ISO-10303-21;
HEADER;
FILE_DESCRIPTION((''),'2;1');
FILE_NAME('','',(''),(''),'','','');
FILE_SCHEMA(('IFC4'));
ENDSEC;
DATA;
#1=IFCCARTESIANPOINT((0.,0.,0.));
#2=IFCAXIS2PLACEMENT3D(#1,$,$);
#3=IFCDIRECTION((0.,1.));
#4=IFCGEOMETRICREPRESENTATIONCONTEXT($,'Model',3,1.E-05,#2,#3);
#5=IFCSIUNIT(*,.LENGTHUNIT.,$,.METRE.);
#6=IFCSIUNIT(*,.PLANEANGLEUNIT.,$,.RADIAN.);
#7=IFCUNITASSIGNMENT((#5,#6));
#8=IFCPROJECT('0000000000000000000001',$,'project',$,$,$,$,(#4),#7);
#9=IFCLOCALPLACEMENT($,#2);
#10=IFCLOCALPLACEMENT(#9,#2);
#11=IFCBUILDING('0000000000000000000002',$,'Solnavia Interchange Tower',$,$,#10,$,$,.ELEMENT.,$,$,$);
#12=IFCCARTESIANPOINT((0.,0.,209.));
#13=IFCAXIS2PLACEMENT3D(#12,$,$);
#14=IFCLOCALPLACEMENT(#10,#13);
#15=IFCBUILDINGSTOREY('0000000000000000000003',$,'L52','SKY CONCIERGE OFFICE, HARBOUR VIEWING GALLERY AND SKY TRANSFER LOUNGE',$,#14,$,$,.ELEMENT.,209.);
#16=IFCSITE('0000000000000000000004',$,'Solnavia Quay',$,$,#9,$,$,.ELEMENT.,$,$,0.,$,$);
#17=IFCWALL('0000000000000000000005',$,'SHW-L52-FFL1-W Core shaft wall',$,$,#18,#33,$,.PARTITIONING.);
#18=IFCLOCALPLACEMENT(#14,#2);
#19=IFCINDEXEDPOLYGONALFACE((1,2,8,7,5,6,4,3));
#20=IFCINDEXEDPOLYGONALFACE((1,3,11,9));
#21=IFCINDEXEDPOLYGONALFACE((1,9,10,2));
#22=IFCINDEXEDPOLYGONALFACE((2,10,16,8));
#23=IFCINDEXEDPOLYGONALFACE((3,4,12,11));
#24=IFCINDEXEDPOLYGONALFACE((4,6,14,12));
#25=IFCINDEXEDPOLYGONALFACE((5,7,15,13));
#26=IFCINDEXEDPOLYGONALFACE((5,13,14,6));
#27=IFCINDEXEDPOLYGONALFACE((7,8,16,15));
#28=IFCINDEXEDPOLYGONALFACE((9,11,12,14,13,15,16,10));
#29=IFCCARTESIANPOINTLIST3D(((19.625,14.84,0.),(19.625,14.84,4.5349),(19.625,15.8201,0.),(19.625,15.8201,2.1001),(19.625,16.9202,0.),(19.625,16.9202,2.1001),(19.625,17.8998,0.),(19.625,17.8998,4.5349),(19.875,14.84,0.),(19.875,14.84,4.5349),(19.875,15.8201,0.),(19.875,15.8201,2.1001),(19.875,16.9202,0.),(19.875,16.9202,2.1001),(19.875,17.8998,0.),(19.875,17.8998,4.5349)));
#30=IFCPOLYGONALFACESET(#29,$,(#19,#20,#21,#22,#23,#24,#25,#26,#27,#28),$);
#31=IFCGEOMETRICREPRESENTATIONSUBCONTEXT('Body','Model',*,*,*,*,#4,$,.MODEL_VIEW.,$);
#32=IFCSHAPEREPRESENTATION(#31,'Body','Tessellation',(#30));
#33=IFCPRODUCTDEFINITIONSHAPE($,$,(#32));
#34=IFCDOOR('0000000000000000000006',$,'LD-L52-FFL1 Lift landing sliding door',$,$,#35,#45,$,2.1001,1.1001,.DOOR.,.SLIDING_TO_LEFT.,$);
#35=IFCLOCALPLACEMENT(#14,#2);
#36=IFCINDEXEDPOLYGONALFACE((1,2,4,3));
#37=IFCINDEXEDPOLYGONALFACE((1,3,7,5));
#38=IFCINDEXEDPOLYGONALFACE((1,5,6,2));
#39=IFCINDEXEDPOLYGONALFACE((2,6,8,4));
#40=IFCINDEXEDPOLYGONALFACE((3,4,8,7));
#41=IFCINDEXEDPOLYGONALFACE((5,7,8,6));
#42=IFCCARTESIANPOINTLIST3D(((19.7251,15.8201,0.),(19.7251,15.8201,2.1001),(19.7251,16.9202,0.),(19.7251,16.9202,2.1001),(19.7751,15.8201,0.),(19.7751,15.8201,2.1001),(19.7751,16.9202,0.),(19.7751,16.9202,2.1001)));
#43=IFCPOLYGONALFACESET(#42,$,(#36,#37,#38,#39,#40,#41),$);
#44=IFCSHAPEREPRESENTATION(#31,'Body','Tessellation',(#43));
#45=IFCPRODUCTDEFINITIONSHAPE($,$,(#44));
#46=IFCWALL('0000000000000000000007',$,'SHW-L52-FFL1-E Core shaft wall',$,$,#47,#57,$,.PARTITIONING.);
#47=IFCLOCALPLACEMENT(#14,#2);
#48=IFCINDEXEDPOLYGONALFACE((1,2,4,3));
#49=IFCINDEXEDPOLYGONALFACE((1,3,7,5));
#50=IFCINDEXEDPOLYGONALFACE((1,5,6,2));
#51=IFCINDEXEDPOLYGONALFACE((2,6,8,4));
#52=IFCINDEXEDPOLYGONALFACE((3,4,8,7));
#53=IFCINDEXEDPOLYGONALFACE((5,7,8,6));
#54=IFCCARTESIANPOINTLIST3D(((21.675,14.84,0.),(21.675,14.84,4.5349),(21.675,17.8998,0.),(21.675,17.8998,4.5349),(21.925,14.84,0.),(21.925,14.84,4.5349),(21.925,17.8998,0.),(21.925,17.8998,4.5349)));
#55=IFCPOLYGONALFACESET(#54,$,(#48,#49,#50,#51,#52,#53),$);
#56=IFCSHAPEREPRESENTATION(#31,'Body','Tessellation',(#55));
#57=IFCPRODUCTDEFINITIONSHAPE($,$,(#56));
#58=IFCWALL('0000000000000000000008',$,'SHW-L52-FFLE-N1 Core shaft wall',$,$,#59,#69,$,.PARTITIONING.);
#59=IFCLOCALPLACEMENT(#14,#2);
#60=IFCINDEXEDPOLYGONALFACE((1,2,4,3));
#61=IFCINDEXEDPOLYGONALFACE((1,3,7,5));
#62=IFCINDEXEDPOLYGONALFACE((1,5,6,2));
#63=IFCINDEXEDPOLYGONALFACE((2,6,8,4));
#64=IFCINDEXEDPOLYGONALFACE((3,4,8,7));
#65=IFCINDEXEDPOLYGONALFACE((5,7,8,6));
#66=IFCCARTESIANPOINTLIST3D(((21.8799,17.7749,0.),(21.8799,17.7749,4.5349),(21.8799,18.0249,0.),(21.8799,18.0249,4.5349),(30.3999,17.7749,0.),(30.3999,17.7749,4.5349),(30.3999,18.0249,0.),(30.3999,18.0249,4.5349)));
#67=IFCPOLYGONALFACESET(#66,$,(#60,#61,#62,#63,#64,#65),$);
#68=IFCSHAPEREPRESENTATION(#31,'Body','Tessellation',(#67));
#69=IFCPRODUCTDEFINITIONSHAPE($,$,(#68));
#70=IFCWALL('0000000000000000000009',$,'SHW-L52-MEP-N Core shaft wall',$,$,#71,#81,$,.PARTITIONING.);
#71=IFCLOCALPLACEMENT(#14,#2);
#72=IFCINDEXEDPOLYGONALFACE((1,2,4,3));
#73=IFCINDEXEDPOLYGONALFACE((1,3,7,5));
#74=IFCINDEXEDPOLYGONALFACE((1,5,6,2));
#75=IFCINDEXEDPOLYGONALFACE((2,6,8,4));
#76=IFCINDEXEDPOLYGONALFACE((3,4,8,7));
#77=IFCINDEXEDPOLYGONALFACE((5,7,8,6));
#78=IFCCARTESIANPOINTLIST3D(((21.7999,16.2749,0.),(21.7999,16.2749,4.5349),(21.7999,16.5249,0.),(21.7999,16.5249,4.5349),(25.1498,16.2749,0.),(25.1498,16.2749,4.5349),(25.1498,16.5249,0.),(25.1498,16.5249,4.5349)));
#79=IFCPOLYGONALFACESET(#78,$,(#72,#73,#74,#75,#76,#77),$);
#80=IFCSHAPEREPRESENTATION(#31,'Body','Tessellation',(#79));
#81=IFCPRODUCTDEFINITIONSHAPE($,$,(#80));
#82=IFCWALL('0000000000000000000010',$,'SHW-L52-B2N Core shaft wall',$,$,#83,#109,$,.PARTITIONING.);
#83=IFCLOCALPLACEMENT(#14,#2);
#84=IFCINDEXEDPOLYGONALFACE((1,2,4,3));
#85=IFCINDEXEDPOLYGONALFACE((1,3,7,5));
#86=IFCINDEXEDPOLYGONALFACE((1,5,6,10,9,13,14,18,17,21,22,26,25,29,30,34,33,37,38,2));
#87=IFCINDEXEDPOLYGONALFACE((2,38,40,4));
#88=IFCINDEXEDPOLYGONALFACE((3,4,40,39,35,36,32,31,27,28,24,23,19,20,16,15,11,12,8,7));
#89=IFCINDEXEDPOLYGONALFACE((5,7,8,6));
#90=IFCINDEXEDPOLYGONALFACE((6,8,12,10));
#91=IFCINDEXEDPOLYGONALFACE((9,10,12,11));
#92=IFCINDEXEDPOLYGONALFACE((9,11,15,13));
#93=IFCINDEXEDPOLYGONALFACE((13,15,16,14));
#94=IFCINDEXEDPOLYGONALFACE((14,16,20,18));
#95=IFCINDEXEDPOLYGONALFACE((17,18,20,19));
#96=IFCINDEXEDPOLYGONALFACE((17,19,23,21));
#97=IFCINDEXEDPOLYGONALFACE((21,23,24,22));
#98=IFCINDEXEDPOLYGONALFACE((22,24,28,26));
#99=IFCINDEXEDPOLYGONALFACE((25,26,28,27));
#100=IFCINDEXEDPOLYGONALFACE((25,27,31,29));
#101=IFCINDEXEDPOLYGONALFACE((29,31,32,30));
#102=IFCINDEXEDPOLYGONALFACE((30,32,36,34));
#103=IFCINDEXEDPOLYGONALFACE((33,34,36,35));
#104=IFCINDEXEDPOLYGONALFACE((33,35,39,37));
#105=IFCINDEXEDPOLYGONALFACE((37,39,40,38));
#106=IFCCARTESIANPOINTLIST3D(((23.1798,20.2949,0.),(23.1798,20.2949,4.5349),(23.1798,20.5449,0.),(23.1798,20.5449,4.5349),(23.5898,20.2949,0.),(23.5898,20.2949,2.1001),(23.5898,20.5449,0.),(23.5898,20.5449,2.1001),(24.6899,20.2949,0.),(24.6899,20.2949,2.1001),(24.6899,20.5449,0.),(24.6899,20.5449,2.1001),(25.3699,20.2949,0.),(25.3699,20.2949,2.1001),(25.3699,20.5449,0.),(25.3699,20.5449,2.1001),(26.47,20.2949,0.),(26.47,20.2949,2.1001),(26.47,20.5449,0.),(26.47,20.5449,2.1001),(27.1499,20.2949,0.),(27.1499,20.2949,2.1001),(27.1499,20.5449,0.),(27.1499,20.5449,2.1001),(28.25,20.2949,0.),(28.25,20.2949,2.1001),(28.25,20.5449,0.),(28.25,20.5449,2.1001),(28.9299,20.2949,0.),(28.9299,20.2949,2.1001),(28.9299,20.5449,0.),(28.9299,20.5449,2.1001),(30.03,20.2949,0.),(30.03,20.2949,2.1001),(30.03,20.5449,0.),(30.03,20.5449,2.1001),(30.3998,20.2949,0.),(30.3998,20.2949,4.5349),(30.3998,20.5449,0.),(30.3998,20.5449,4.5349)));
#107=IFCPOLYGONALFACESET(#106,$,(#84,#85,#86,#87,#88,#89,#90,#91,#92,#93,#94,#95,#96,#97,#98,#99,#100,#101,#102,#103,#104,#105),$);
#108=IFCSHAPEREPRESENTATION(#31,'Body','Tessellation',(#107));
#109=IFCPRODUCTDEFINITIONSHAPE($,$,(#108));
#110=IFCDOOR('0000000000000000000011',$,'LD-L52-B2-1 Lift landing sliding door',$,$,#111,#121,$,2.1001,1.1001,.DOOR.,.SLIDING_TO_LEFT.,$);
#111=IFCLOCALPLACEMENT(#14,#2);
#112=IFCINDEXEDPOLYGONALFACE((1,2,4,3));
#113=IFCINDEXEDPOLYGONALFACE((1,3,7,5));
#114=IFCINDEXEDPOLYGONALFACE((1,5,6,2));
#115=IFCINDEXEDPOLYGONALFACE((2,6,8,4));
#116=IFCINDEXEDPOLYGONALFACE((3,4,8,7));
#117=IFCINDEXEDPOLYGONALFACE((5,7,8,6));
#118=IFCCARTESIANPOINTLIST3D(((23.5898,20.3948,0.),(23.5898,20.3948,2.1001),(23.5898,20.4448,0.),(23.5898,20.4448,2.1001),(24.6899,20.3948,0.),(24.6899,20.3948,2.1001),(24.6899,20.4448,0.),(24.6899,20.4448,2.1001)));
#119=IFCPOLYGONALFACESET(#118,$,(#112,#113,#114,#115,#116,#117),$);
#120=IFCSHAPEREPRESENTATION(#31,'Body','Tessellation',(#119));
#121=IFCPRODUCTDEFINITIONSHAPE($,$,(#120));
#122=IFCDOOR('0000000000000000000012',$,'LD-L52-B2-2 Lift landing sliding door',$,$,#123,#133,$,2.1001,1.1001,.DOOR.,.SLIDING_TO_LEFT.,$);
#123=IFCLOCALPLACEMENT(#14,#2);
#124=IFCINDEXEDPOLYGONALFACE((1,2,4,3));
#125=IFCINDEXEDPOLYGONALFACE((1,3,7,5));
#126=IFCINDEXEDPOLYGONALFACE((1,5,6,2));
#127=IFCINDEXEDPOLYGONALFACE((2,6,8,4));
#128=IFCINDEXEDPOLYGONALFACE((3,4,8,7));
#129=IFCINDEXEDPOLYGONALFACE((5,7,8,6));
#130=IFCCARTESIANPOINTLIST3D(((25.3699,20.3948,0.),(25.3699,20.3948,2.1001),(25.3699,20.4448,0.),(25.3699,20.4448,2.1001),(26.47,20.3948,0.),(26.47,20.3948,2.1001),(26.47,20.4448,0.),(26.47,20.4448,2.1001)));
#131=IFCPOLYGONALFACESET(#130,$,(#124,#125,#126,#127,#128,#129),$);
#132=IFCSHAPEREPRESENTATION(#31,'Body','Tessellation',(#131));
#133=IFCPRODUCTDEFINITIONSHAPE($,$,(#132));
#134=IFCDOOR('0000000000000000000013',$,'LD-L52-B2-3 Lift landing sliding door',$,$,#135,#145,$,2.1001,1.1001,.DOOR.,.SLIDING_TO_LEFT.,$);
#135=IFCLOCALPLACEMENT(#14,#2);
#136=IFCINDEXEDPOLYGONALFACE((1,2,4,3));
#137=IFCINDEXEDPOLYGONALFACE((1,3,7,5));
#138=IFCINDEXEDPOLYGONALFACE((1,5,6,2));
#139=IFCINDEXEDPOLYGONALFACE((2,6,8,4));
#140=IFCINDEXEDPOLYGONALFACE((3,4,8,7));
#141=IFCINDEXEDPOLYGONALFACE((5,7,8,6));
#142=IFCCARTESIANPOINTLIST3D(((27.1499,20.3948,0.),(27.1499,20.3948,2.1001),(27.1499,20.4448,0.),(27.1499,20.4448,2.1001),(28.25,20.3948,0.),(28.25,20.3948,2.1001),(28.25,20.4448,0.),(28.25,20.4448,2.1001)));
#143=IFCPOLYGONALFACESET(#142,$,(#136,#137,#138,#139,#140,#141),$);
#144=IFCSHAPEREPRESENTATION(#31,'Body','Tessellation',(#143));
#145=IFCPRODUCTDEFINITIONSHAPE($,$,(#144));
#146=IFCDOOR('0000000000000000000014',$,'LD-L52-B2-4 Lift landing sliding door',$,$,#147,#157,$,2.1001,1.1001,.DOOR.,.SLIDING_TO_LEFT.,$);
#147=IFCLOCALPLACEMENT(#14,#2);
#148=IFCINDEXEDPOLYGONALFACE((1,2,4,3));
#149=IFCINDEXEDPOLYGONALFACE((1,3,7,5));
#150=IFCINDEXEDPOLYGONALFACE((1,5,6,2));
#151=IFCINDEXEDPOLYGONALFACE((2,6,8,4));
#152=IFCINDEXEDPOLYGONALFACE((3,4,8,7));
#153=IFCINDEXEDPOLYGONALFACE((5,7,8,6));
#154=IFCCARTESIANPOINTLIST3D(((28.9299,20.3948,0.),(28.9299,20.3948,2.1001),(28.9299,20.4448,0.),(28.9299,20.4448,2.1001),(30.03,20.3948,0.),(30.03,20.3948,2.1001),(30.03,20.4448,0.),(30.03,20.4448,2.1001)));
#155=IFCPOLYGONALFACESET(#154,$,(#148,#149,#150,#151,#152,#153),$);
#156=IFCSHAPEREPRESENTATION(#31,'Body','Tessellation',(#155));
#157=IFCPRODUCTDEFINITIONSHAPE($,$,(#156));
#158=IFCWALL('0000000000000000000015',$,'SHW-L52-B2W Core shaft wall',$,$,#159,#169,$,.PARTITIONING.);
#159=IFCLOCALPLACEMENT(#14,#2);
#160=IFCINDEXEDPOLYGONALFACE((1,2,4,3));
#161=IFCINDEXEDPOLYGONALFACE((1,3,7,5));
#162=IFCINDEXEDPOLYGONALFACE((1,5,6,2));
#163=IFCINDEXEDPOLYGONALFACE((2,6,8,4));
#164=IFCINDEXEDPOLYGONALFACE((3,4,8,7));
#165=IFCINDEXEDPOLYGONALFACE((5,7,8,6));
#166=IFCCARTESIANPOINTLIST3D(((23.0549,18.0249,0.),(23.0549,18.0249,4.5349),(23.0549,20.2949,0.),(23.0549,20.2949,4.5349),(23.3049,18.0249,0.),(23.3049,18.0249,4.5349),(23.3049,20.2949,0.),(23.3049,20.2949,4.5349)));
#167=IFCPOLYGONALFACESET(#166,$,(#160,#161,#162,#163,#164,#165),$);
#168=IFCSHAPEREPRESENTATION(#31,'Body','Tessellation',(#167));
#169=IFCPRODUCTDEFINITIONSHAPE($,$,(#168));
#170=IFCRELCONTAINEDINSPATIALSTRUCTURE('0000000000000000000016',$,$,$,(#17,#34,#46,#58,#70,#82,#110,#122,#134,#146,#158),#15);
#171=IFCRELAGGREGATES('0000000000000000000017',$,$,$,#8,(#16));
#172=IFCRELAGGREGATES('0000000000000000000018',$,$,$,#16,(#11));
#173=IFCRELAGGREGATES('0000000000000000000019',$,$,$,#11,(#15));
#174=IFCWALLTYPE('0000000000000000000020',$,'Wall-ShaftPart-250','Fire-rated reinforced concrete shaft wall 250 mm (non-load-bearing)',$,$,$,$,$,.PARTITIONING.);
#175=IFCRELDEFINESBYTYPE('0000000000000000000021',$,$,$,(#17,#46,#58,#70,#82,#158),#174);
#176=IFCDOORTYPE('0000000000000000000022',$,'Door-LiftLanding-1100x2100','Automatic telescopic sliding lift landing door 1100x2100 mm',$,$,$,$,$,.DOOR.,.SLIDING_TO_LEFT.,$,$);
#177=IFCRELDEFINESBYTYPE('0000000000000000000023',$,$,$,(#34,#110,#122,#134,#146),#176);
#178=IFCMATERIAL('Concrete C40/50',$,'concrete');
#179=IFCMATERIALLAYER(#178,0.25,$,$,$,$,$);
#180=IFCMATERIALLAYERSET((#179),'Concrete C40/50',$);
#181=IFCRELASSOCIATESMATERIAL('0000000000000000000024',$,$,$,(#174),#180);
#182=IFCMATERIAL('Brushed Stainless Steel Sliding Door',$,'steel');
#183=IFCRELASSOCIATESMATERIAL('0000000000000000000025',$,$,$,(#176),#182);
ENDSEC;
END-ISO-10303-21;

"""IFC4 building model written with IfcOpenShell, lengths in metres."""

from ifc_helpers import new_model, si_unit, direction, frame, frame_2d, origin, place, context, subcontext, project, spatial, rectangle, extrude, material, layer, layer_set, type_object, element, fill, save


model = new_model("IFC4")

# Units and contexts
model_context = context("Model", 3, precision=1e-05, world=origin(), true_north=direction((0.0, 1.0)))
body_context = subcontext(model_context, "Body", "Model", "MODEL_VIEW")
ifc_project = project(units=[si_unit("LENGTHUNIT", "METRE"), si_unit("PLANEANGLEUNIT", "RADIAN")], contexts=[model_context])

# Site, building, storey
site_placement = place(None, origin())
site = spatial("IfcSite", under=ifc_project, at=site_placement, Name="Solnavia Quay", CompositionType="ELEMENT", RefElevation=0.0)
building_placement = place(site_placement, origin())
building = spatial("IfcBuilding", under=site, at=building_placement, Name="Solnavia Interchange Tower", CompositionType="ELEMENT")
storey_placement = place(building_placement, frame((0.0, 0.0, 209.0)))
storey = spatial("IfcBuildingStorey", under=building, at=storey_placement, Name="L52", Description="SKY CONCIERGE OFFICE, HARBOUR VIEWING GALLERY AND SKY TRANSFER LOUNGE", CompositionType="ELEMENT", Elevation=209.0)

# Shared definitions
ifc_material_1 = material(Name="Concrete C40/50", Category="concrete")

# Shared definitions
ifc_layer_1 = layer(ifc_material_1, 0.25)
ifc_layer_set_1 = layer_set([ifc_layer_1], Name="Concrete C40/50")
wall_type_1 = type_object("IfcWallType", Name="Wall-ShaftPart-250", Description="Fire-rated reinforced concrete shaft wall 250 mm (non-load-bearing)", PredefinedType="PARTITIONING", material=ifc_layer_set_1)

# Wall, opening, door
wall_1_placement = place(storey_placement, frame((19.75, 14.8401, 0.0), z_axis=(0.0, 0.0, 1.0), x_axis=(0.0, 1.0, 0.0)))
wall_1 = element("IfcWall", 1, at=wall_1_placement, inside=storey, type_object=wall_type_1, Name="SHW-L52-FFL1-W Core shaft wall", PredefinedType="PARTITIONING", context=body_context, shape_type="SweptSolid", body=[
    extrude(rectangle(XDim=3.0598, YDim=0.25, at=frame_2d((1.5298, 0.0))), origin(), (0.0, 0.0, 1.0), 4.5349),
])
opening_1_placement = place(wall_1_placement, frame((0.98, 0.0, 0.0)))
opening_1 = element("IfcOpeningElement", 2, at=opening_1_placement, cuts=wall_1, PredefinedType="OPENING", context=body_context, shape_type="SweptSolid", body=[
    extrude(rectangle(XDim=1.1001, YDim=2.1001, at=frame_2d((0.55, 1.05))), frame((0.0, 0.135, 0.0), z_axis=(0.0, -1.0, 0.0), x_axis=(1.0, 0.0, 0.0)), (0.0, 0.0, 1.0), 0.27),
])
ifc_material_2 = material(Name="Brushed Stainless Steel Sliding Door", Category="steel")
door_type_1 = type_object("IfcDoorType", Name="Door-LiftLanding-1100x2100", Description="Automatic telescopic sliding lift landing door 1100x2100 mm", OperationType="SLIDING_TO_LEFT", PredefinedType="DOOR", material=ifc_material_2)
door_1_placement = place(opening_1_placement, origin())
door_1 = element("IfcDoor", 3, at=door_1_placement, inside=storey, type_object=door_type_1, Name="LD-L52-FFL1 Lift landing sliding door", OperationType="SLIDING_TO_LEFT", OverallHeight=2.1001, OverallWidth=1.1001, PredefinedType="DOOR", context=body_context, shape_type="SweptSolid", body=[
    extrude(rectangle(XDim=1.1001, YDim=2.1001, at=frame_2d((0.55, 1.05))), frame((0.0, 0.0249, 0.0), z_axis=(0.0, -1.0, 0.0), x_axis=(1.0, 0.0, 0.0)), (0.0, 0.0, 1.0), 0.05),
])
fill(opening_1, door_1)

# Walls
wall_2_placement = place(storey_placement, frame((21.8, 14.8401, 0.0), z_axis=(0.0, 0.0, 1.0), x_axis=(0.0, 1.0, 0.0)))
element("IfcWall", 4, at=wall_2_placement, inside=storey, type_object=wall_type_1, Name="SHW-L52-FFL1-E Core shaft wall", PredefinedType="PARTITIONING", context=body_context, shape_type="SweptSolid", body=[
    extrude(rectangle(XDim=3.0598, YDim=0.25, at=frame_2d((1.5298, 0.0))), origin(), (0.0, 0.0, 1.0), 4.5349),
])
wall_3_placement = place(storey_placement, frame((21.8799, 17.8999, 0.0), z_axis=(0.0, 0.0, 1.0), x_axis=(1.0, 0.0, 0.0)))
element("IfcWall", 5, at=wall_3_placement, inside=storey, type_object=wall_type_1, Name="SHW-L52-FFLE-N1 Core shaft wall", PredefinedType="PARTITIONING", context=body_context, shape_type="SweptSolid", body=[
    extrude(rectangle(XDim=8.52, YDim=0.25, at=frame_2d((4.26, 0.0))), origin(), (0.0, 0.0, 1.0), 4.5349),
])
wall_4_placement = place(storey_placement, frame((21.8, 16.3999, 0.0), z_axis=(0.0, 0.0, 1.0), x_axis=(1.0, 0.0, 0.0)))
element("IfcWall", 6, at=wall_4_placement, inside=storey, type_object=wall_type_1, Name="SHW-L52-MEP-N Core shaft wall", PredefinedType="PARTITIONING", context=body_context, shape_type="SweptSolid", body=[
    extrude(rectangle(XDim=3.3499, YDim=0.25, at=frame_2d((1.6748, 0.0))), origin(), (0.0, 0.0, 1.0), 4.5349),
])

# Wall, openings, doors
wall_5_placement = place(storey_placement, frame((23.1799, 20.4199, 0.0), z_axis=(0.0, 0.0, 1.0), x_axis=(1.0, 0.0, 0.0)))
wall_5 = element("IfcWall", 7, at=wall_5_placement, inside=storey, type_object=wall_type_1, Name="SHW-L52-B2N Core shaft wall", PredefinedType="PARTITIONING", context=body_context, shape_type="SweptSolid", body=[
    extrude(rectangle(XDim=7.22, YDim=0.25, at=frame_2d((3.6099, 0.0))), origin(), (0.0, 0.0, 1.0), 4.5349),
])
opening_2_placement = place(wall_5_placement, frame((0.4099, 0.0, 0.0)))
opening_2 = element("IfcOpeningElement", 8, at=opening_2_placement, cuts=wall_5, PredefinedType="OPENING", context=body_context, shape_type="SweptSolid", body=[
    extrude(rectangle(XDim=1.1001, YDim=2.1001, at=frame_2d((0.55, 1.05))), frame((0.0, 0.135, 0.0), z_axis=(0.0, -1.0, 0.0), x_axis=(1.0, 0.0, 0.0)), (0.0, 0.0, 1.0), 0.27),
])
opening_3_placement = place(wall_5_placement, frame((2.1899, 0.0, 0.0)))
opening_3 = element("IfcOpeningElement", 9, at=opening_3_placement, cuts=wall_5, PredefinedType="OPENING", context=body_context, shape_type="SweptSolid", body=[
    extrude(rectangle(XDim=1.1001, YDim=2.1001, at=frame_2d((0.55, 1.05))), frame((0.0, 0.135, 0.0), z_axis=(0.0, -1.0, 0.0), x_axis=(1.0, 0.0, 0.0)), (0.0, 0.0, 1.0), 0.27),
])
opening_4_placement = place(wall_5_placement, frame((3.97, 0.0, 0.0)))
opening_4 = element("IfcOpeningElement", 10, at=opening_4_placement, cuts=wall_5, PredefinedType="OPENING", context=body_context, shape_type="SweptSolid", body=[
    extrude(rectangle(XDim=1.1001, YDim=2.1001, at=frame_2d((0.55, 1.05))), frame((0.0, 0.135, 0.0), z_axis=(0.0, -1.0, 0.0), x_axis=(1.0, 0.0, 0.0)), (0.0, 0.0, 1.0), 0.27),
])
opening_5_placement = place(wall_5_placement, frame((5.75, 0.0, 0.0)))
opening_5 = element("IfcOpeningElement", 11, at=opening_5_placement, cuts=wall_5, PredefinedType="OPENING", context=body_context, shape_type="SweptSolid", body=[
    extrude(rectangle(XDim=1.1001, YDim=2.1001, at=frame_2d((0.55, 1.05))), frame((0.0, 0.135, 0.0), z_axis=(0.0, -1.0, 0.0), x_axis=(1.0, 0.0, 0.0)), (0.0, 0.0, 1.0), 0.27),
])
door_2_placement = place(opening_2_placement, origin())
door_2 = element("IfcDoor", 12, at=door_2_placement, inside=storey, type_object=door_type_1, Name="LD-L52-B2-1 Lift landing sliding door", OperationType="SLIDING_TO_LEFT", OverallHeight=2.1001, OverallWidth=1.1001, PredefinedType="DOOR", context=body_context, shape_type="SweptSolid", body=[
    extrude(rectangle(XDim=1.1001, YDim=2.1001, at=frame_2d((0.55, 1.05))), frame((0.0, 0.0249, 0.0), z_axis=(0.0, -1.0, 0.0), x_axis=(1.0, 0.0, 0.0)), (0.0, 0.0, 1.0), 0.05),
])
fill(opening_2, door_2)
door_3_placement = place(opening_3_placement, origin())
door_3 = element("IfcDoor", 13, at=door_3_placement, inside=storey, type_object=door_type_1, Name="LD-L52-B2-2 Lift landing sliding door", OperationType="SLIDING_TO_LEFT", OverallHeight=2.1001, OverallWidth=1.1001, PredefinedType="DOOR", context=body_context, shape_type="SweptSolid", body=[
    extrude(rectangle(XDim=1.1001, YDim=2.1001, at=frame_2d((0.55, 1.05))), frame((0.0, 0.0249, 0.0), z_axis=(0.0, -1.0, 0.0), x_axis=(1.0, 0.0, 0.0)), (0.0, 0.0, 1.0), 0.05),
])
fill(opening_3, door_3)
door_4_placement = place(opening_4_placement, origin())
door_4 = element("IfcDoor", 14, at=door_4_placement, inside=storey, type_object=door_type_1, Name="LD-L52-B2-3 Lift landing sliding door", OperationType="SLIDING_TO_LEFT", OverallHeight=2.1001, OverallWidth=1.1001, PredefinedType="DOOR", context=body_context, shape_type="SweptSolid", body=[
    extrude(rectangle(XDim=1.1001, YDim=2.1001, at=frame_2d((0.55, 1.05))), frame((0.0, 0.0249, 0.0), z_axis=(0.0, -1.0, 0.0), x_axis=(1.0, 0.0, 0.0)), (0.0, 0.0, 1.0), 0.05),
])
fill(opening_4, door_4)
door_5_placement = place(opening_5_placement, origin())
door_5 = element("IfcDoor", 15, at=door_5_placement, inside=storey, type_object=door_type_1, Name="LD-L52-B2-4 Lift landing sliding door", OperationType="SLIDING_TO_LEFT", OverallHeight=2.1001, OverallWidth=1.1001, PredefinedType="DOOR", context=body_context, shape_type="SweptSolid", body=[
    extrude(rectangle(XDim=1.1001, YDim=2.1001, at=frame_2d((0.55, 1.05))), frame((0.0, 0.0249, 0.0), z_axis=(0.0, -1.0, 0.0), x_axis=(1.0, 0.0, 0.0)), (0.0, 0.0, 1.0), 0.05),
])
fill(opening_5, door_5)

# Wall
wall_6_placement = place(storey_placement, frame((23.1799, 18.0249, 0.0), z_axis=(0.0, 0.0, 1.0), x_axis=(0.0, 1.0, 0.0)))
element("IfcWall", 16, at=wall_6_placement, inside=storey, type_object=wall_type_1, Name="SHW-L52-B2W Core shaft wall", PredefinedType="PARTITIONING", context=body_context, shape_type="SweptSolid", body=[
    extrude(rectangle(XDim=2.27, YDim=0.25, at=frame_2d((1.135, 0.0))), origin(), (0.0, 0.0, 1.0), 4.5349),
])

save(model, "model.ifc")
